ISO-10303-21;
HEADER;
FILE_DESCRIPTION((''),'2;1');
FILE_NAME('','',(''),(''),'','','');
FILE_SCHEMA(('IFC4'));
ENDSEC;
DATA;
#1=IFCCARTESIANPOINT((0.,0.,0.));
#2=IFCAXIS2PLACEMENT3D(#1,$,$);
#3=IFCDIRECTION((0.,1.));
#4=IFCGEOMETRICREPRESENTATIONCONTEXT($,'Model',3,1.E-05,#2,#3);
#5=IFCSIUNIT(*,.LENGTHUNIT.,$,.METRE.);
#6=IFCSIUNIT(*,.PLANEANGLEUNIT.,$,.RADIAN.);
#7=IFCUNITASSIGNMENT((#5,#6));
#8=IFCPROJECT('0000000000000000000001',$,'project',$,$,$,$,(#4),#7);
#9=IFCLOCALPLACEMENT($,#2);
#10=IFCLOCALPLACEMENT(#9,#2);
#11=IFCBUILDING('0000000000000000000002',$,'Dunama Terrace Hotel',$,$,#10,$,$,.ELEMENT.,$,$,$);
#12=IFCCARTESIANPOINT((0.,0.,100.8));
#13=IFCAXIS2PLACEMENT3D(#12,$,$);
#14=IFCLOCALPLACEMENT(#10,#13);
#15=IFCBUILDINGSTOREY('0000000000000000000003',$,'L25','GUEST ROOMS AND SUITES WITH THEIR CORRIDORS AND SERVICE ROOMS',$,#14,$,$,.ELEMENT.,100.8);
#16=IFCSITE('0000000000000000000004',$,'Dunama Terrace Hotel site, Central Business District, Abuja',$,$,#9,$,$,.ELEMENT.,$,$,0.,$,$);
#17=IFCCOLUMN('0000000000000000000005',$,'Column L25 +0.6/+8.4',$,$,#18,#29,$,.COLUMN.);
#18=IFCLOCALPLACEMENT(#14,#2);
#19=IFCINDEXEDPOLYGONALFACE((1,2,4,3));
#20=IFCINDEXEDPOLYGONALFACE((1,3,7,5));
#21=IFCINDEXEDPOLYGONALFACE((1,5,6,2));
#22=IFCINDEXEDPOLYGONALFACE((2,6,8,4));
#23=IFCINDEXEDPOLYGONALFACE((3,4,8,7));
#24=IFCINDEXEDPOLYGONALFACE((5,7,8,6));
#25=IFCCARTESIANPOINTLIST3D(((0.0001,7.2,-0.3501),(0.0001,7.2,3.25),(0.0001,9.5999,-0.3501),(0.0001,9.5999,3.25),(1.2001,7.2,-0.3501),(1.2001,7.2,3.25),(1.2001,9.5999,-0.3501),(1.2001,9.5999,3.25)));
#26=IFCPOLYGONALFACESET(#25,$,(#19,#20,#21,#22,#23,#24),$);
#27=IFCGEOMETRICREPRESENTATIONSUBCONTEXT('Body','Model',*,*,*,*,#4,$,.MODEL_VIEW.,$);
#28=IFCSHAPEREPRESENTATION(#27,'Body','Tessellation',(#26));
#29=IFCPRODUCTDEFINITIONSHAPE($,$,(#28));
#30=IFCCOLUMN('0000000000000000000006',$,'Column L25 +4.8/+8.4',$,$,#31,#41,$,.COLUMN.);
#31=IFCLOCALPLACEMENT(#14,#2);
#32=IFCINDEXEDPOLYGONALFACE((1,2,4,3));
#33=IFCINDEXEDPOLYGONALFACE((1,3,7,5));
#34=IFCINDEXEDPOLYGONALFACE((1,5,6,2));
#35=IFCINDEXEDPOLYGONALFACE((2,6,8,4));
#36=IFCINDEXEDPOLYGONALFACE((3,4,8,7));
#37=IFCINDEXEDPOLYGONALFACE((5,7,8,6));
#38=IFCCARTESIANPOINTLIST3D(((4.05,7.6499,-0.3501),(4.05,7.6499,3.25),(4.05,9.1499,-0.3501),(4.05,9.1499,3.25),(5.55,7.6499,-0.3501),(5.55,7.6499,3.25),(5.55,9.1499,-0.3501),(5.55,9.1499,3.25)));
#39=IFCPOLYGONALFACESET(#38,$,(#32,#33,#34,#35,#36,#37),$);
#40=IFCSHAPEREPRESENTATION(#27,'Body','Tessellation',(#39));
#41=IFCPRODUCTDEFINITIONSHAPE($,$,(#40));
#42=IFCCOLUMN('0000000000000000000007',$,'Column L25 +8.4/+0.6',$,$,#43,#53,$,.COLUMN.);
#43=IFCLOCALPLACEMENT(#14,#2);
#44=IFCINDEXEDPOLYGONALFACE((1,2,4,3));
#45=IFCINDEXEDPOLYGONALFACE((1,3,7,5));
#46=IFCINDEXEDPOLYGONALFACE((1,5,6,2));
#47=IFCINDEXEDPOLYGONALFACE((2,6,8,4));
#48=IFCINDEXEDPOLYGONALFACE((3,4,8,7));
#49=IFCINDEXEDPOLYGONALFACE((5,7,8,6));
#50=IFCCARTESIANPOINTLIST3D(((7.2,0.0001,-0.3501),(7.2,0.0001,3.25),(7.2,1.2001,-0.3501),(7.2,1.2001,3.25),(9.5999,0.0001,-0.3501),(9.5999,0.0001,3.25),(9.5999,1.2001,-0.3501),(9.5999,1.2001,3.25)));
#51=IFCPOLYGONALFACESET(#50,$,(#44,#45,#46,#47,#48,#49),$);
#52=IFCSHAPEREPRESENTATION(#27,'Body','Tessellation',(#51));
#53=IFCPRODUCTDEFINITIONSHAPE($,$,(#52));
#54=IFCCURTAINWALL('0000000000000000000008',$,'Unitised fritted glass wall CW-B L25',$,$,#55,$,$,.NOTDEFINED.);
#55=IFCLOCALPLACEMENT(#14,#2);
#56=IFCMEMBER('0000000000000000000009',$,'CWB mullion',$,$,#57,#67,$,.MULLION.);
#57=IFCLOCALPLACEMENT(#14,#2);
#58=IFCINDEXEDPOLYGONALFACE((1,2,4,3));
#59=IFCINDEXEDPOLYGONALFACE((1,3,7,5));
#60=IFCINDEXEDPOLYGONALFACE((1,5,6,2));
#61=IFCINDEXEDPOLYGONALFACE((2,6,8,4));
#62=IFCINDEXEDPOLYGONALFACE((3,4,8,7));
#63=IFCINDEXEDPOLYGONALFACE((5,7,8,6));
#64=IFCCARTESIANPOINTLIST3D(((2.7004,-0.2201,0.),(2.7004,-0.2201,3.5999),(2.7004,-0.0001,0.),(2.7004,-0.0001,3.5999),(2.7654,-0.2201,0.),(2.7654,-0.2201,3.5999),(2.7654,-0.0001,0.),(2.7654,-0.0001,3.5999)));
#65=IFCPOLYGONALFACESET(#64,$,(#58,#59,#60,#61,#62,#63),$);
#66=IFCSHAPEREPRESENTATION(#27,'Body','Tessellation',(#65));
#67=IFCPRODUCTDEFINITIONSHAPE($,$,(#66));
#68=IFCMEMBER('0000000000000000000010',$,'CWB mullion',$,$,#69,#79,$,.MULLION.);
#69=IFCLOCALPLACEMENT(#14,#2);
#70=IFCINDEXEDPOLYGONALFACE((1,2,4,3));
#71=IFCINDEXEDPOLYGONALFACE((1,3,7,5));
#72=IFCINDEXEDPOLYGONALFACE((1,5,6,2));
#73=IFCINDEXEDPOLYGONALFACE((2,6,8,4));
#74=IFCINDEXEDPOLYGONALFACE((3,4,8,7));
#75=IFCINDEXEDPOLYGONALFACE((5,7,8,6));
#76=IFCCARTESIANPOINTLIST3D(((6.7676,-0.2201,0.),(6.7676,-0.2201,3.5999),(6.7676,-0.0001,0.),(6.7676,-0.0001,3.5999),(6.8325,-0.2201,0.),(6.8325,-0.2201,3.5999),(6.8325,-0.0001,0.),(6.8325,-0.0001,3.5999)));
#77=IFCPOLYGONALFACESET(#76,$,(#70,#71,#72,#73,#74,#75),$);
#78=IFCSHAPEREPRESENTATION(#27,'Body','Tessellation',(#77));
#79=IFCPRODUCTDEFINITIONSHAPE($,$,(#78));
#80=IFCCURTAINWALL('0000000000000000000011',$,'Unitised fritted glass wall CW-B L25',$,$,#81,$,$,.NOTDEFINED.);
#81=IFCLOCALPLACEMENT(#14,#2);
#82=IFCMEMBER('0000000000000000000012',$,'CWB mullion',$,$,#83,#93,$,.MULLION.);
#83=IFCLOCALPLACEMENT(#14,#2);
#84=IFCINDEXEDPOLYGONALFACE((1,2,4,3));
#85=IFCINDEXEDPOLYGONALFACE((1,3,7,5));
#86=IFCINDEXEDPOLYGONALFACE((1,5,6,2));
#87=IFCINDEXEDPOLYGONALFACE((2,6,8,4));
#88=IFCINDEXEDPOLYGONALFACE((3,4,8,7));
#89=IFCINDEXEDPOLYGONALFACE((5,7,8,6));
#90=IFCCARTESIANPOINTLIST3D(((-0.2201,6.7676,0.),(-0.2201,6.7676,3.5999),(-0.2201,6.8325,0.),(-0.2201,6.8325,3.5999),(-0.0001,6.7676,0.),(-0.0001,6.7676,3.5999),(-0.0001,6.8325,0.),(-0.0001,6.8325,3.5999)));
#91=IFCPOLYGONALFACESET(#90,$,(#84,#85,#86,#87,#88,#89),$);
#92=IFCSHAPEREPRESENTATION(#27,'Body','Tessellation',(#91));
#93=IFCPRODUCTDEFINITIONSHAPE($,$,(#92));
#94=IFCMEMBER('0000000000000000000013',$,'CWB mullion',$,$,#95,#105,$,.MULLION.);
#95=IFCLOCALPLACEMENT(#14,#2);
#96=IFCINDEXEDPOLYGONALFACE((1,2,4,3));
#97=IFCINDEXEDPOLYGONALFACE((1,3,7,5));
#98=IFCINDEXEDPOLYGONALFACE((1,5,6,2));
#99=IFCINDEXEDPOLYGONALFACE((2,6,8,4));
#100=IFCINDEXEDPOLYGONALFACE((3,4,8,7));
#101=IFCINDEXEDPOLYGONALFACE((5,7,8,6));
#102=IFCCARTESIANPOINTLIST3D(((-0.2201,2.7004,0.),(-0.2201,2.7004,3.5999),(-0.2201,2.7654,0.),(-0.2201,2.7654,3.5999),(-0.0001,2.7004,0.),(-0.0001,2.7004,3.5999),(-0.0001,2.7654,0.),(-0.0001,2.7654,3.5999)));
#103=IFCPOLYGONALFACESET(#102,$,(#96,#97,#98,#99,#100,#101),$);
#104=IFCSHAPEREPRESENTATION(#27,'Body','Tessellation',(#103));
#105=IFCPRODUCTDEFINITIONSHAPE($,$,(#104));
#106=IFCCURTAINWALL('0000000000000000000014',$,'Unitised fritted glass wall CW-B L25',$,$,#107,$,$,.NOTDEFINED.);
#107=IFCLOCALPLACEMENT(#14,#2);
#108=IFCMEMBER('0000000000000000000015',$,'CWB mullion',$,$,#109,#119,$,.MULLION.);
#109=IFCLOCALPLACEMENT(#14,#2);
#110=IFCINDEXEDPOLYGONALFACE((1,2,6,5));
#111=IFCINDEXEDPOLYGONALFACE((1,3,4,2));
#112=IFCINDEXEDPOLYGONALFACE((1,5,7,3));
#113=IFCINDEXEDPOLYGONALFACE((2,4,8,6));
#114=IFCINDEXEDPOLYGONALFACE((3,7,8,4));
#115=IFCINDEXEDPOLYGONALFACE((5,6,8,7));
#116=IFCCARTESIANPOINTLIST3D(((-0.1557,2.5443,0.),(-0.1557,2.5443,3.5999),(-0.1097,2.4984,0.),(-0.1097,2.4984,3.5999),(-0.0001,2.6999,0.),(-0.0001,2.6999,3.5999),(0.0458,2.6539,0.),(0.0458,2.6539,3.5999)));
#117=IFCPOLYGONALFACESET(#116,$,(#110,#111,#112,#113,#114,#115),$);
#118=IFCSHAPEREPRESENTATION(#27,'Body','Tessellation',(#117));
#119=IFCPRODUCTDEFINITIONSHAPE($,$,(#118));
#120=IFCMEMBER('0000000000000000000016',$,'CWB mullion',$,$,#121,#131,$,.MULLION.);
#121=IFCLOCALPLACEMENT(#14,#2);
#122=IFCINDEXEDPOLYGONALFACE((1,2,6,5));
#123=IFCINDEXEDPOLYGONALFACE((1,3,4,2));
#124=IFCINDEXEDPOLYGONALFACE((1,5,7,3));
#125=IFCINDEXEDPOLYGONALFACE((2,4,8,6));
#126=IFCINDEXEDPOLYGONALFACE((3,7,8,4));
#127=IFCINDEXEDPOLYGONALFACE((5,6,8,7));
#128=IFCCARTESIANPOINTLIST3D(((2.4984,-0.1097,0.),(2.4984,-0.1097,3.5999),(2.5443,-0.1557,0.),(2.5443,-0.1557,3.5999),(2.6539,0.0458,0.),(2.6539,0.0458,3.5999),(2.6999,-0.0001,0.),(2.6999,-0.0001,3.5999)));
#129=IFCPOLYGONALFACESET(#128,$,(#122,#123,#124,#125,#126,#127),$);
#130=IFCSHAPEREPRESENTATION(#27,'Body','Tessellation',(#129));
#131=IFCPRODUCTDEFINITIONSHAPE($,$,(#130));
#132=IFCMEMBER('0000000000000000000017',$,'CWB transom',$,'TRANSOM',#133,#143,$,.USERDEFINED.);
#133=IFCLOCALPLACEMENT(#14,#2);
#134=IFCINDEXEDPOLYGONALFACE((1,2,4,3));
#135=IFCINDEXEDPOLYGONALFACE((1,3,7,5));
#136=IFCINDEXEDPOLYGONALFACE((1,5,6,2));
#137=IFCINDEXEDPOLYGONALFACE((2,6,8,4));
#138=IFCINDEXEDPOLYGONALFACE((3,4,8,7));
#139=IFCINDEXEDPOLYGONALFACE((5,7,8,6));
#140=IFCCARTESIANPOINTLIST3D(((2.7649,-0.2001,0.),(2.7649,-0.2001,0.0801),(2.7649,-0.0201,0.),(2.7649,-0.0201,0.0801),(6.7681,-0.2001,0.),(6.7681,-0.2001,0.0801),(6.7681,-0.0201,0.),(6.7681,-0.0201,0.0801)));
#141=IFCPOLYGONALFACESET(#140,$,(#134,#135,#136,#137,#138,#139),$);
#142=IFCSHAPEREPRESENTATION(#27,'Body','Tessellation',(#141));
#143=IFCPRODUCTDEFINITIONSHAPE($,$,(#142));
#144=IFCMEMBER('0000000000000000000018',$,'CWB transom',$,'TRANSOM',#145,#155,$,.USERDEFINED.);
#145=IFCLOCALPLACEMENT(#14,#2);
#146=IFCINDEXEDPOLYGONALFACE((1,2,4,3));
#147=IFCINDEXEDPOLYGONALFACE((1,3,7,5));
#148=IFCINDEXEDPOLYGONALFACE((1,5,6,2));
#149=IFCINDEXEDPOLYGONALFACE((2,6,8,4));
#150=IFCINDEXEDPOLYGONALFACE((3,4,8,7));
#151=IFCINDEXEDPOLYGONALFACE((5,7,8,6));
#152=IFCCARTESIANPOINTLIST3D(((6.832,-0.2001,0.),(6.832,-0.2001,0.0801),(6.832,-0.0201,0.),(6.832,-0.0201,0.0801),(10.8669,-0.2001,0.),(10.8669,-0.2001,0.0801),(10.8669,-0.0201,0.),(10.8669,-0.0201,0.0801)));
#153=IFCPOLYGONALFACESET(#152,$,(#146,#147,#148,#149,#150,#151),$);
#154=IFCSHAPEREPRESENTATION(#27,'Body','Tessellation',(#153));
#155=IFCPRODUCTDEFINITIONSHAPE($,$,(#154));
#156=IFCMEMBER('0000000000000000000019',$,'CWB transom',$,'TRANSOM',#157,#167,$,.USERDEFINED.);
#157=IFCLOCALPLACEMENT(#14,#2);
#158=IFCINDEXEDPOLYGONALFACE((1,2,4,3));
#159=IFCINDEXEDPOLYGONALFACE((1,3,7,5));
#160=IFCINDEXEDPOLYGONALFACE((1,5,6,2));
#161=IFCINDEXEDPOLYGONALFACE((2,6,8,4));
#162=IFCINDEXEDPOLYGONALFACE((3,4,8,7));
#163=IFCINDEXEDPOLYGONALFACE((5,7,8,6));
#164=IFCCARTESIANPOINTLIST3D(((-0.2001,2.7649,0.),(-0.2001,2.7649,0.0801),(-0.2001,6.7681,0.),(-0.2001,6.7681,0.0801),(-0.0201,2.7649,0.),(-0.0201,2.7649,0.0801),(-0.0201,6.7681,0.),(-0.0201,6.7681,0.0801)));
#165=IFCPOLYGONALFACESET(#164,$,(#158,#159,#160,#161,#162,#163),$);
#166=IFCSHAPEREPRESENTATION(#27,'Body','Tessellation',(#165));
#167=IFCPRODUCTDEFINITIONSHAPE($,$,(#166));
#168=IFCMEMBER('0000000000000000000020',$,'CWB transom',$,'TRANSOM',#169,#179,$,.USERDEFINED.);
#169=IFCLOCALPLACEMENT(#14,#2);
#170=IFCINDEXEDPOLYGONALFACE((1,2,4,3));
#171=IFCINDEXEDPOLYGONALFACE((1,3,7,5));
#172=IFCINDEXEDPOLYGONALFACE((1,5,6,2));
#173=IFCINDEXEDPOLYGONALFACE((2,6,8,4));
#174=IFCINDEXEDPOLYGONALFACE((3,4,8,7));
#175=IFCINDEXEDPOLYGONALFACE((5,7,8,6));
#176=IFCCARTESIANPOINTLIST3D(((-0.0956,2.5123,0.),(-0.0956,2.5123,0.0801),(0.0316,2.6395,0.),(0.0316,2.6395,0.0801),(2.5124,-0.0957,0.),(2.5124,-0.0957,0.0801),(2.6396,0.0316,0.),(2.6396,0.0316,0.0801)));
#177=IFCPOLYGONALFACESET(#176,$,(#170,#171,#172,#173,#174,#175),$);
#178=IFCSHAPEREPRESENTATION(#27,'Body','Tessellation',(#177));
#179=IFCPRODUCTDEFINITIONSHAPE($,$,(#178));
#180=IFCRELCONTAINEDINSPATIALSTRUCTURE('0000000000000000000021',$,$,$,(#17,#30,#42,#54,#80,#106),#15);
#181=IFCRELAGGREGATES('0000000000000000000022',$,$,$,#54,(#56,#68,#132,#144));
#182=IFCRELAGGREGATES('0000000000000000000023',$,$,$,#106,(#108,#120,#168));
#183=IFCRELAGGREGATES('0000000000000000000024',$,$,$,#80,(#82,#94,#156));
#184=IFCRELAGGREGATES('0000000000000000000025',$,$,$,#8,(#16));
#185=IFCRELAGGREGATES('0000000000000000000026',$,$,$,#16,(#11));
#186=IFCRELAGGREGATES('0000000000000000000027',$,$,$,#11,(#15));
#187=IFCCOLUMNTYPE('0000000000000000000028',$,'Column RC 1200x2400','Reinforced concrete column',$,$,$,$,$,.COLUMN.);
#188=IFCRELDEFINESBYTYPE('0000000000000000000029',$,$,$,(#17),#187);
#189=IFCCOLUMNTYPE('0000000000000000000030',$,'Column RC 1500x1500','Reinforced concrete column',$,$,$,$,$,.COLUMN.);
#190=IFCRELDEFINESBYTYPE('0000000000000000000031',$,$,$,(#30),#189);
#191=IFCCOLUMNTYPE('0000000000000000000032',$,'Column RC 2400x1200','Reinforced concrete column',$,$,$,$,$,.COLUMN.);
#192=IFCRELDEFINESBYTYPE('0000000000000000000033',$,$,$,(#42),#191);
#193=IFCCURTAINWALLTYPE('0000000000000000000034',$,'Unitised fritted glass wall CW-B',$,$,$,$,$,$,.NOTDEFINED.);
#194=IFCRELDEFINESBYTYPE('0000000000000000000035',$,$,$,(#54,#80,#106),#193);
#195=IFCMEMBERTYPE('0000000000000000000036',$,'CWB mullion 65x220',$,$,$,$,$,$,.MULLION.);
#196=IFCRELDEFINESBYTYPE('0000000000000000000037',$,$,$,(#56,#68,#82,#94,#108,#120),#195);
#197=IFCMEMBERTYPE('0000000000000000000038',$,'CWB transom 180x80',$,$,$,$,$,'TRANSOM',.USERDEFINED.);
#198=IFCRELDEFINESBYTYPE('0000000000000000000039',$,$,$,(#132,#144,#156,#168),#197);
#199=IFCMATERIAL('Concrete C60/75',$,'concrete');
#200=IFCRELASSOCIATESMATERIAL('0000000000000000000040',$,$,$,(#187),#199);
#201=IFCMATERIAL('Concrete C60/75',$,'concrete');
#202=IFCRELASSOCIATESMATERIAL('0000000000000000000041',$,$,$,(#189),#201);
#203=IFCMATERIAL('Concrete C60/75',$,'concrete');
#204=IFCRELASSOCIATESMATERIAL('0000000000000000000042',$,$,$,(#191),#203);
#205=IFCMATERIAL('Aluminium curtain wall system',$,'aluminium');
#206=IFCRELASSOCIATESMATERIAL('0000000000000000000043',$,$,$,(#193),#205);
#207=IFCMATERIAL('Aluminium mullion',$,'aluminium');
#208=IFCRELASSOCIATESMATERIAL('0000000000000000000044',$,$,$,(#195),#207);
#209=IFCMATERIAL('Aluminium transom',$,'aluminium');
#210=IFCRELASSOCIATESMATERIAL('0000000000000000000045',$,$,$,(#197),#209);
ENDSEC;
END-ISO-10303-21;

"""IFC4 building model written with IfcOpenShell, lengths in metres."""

from ifc_helpers import new_model, si_unit, direction, frame, origin, origin_2d, place, context, subcontext, project, spatial, rectangle, extrude, material, material_profile, profile_set, type_object, element, aggregate, save


model = new_model("IFC4")

# Units and contexts
model_context = context("Model", 3, precision=1e-05, world=origin(), true_north=direction((0.0, 1.0)))
body_context = subcontext(model_context, "Body", "Model", "MODEL_VIEW")
ifc_project = project(units=[si_unit("LENGTHUNIT", "METRE"), si_unit("PLANEANGLEUNIT", "RADIAN")], contexts=[model_context])

# Site, building, storey
site_placement = place(None, origin())
site = spatial("IfcSite", under=ifc_project, at=site_placement, Name="Dunama Terrace Hotel site, Central Business District, Abuja", CompositionType="ELEMENT", RefElevation=0.0)
building_placement = place(site_placement, origin())
building = spatial("IfcBuilding", under=site, at=building_placement, Name="Dunama Terrace Hotel", CompositionType="ELEMENT")
storey_placement = place(building_placement, frame((0.0, 0.0, 100.8)))
storey = spatial("IfcBuildingStorey", under=building, at=storey_placement, Name="L25", Description="GUEST ROOMS AND SUITES WITH THEIR CORRIDORS AND SERVICE ROOMS", CompositionType="ELEMENT", Elevation=100.8)

# Columns
ifc_material_1 = material(Name="Concrete C60/75", Category="concrete")
ifc_material_profile_1 = material_profile(ifc_material_1, rectangle(XDim=1.2, YDim=2.3999, at=origin_2d()), Name="RC 1200x2400")
ifc_profile_set_1 = profile_set([ifc_material_profile_1], Name="Concrete C60/75")
column_type_1 = type_object("IfcColumnType", Name="Column RC 1200x2400", Description="Reinforced concrete column", PredefinedType="COLUMN", material=ifc_profile_set_1)
column_1_placement = place(storey_placement, frame((0.6001, 8.3999, -0.3501), z_axis=(0.0, 0.0, 1.0), x_axis=(1.0, 0.0, 0.0)))
element("IfcColumn", 1, at=column_1_placement, inside=storey, type_object=column_type_1, Name="Column L25 +0.6/+8.4", PredefinedType="COLUMN", context=body_context, shape_type="SweptSolid", body=[
    extrude(rectangle(XDim=1.2, YDim=2.3999, at=origin_2d()), origin(), (0.0, 0.0, 1.0), 3.6001),
])
ifc_material_2 = material(Name="Concrete C60/75", Category="concrete")
ifc_material_profile_2 = material_profile(ifc_material_2, rectangle(XDim=1.5, YDim=1.5, at=origin_2d()), Name="RC 1500x1500")
ifc_profile_set_2 = profile_set([ifc_material_profile_2], Name="Concrete C60/75")
column_type_2 = type_object("IfcColumnType", Name="Column RC 1500x1500", Description="Reinforced concrete column", PredefinedType="COLUMN", material=ifc_profile_set_2)
column_2_placement = place(storey_placement, frame((4.8, 8.3999, -0.3501), z_axis=(0.0, 0.0, 1.0), x_axis=(1.0, 0.0, 0.0)))
element("IfcColumn", 2, at=column_2_placement, inside=storey, type_object=column_type_2, Name="Column L25 +4.8/+8.4", PredefinedType="COLUMN", context=body_context, shape_type="SweptSolid", body=[
    extrude(rectangle(XDim=1.5, YDim=1.5, at=origin_2d()), origin(), (0.0, 0.0, 1.0), 3.6001),
])
ifc_material_3 = material(Name="Concrete C60/75", Category="concrete")
ifc_material_profile_3 = material_profile(ifc_material_3, rectangle(XDim=2.3999, YDim=1.2, at=origin_2d()), Name="RC 2400x1200")
ifc_profile_set_3 = profile_set([ifc_material_profile_3], Name="Concrete C60/75")
column_type_3 = type_object("IfcColumnType", Name="Column RC 2400x1200", Description="Reinforced concrete column", PredefinedType="COLUMN", material=ifc_profile_set_3)
column_3_placement = place(storey_placement, frame((8.3999, 0.6001, -0.3501), z_axis=(0.0, 0.0, 1.0), x_axis=(1.0, 0.0, 0.0)))
element("IfcColumn", 3, at=column_3_placement, inside=storey, type_object=column_type_3, Name="Column L25 +8.4/+0.6", PredefinedType="COLUMN", context=body_context, shape_type="SweptSolid", body=[
    extrude(rectangle(XDim=2.3999, YDim=1.2, at=origin_2d()), origin(), (0.0, 0.0, 1.0), 3.6001),
])

# Curtain walls, members
ifc_material_4 = material(Name="Aluminium curtain wall system", Category="aluminium")
curtain_wall_type = type_object("IfcCurtainWallType", Name="Unitised fritted glass wall CW-B", PredefinedType="NOTDEFINED", material=ifc_material_4)
curtain_wall_1_placement = place(storey_placement, origin())
curtain_wall_1 = element("IfcCurtainWall", 4, at=curtain_wall_1_placement, inside=storey, type_object=curtain_wall_type, Name="Unitised fritted glass wall CW-B L25", PredefinedType="NOTDEFINED")
ifc_material_5 = material(Name="Aluminium mullion", Category="aluminium")
ifc_material_profile_4 = material_profile(ifc_material_5, rectangle(XDim=0.0649, YDim=0.22, at=origin_2d()), Name="CWB MULLION 65X220")
ifc_profile_set_4 = profile_set([ifc_material_profile_4], Name="Aluminium mullion")
member_type_1 = type_object("IfcMemberType", Name="CWB mullion 65x220", PredefinedType="MULLION", material=ifc_profile_set_4)
member_1_placement = place(storey_placement, frame((2.7329, -0.1101, 0.0), z_axis=(0.0, 0.0, 1.0), x_axis=(1.0, 0.0, 0.0)))
member_1 = element("IfcMember", 5, at=member_1_placement, type_object=member_type_1, Name="CWB mullion", PredefinedType="MULLION", context=body_context, shape_type="SweptSolid", body=[
    extrude(rectangle(XDim=0.0649, YDim=0.22, at=origin_2d()), origin(), (0.0, 0.0, 1.0), 3.5999),
])
member_2_placement = place(storey_placement, frame((6.8, -0.1101, 0.0), z_axis=(0.0, 0.0, 1.0), x_axis=(1.0, 0.0, 0.0)))
member_2 = element("IfcMember", 6, at=member_2_placement, type_object=member_type_1, Name="CWB mullion", PredefinedType="MULLION", context=body_context, shape_type="SweptSolid", body=[
    extrude(rectangle(XDim=0.0649, YDim=0.22, at=origin_2d()), origin(), (0.0, 0.0, 1.0), 3.5999),
])
curtain_wall_2_placement = place(storey_placement, origin())
curtain_wall_2 = element("IfcCurtainWall", 7, at=curtain_wall_2_placement, inside=storey, type_object=curtain_wall_type, Name="Unitised fritted glass wall CW-B L25", PredefinedType="NOTDEFINED")
member_3_placement = place(storey_placement, frame((-0.1101, 6.8, 0.0), z_axis=(0.0, 0.0, 1.0), x_axis=(0.0, -1.0, 0.0)))
member_3 = element("IfcMember", 8, at=member_3_placement, type_object=member_type_1, Name="CWB mullion", PredefinedType="MULLION", context=body_context, shape_type="SweptSolid", body=[
    extrude(rectangle(XDim=0.0649, YDim=0.22, at=origin_2d()), origin(), (0.0, 0.0, 1.0), 3.5999),
])
member_4_placement = place(storey_placement, frame((-0.1101, 2.7329, 0.0), z_axis=(0.0, 0.0, 1.0), x_axis=(0.0, -1.0, 0.0)))
member_4 = element("IfcMember", 9, at=member_4_placement, type_object=member_type_1, Name="CWB mullion", PredefinedType="MULLION", context=body_context, shape_type="SweptSolid", body=[
    extrude(rectangle(XDim=0.0649, YDim=0.22, at=origin_2d()), origin(), (0.0, 0.0, 1.0), 3.5999),
])
curtain_wall_3_placement = place(storey_placement, origin())
curtain_wall_3 = element("IfcCurtainWall", 10, at=curtain_wall_3_placement, inside=storey, type_object=curtain_wall_type, Name="Unitised fritted glass wall CW-B L25", PredefinedType="NOTDEFINED")
member_5_placement = place(storey_placement, frame((-0.0549, 2.5991, 0.0), z_axis=(0.0, 0.0, 1.0), x_axis=(0.707107, -0.707107, 0.0)))
member_5 = element("IfcMember", 11, at=member_5_placement, type_object=member_type_1, Name="CWB mullion", PredefinedType="MULLION", context=body_context, shape_type="SweptSolid", body=[
    extrude(rectangle(XDim=0.0649, YDim=0.22, at=origin_2d()), origin(), (0.0, 0.0, 1.0), 3.5999),
])
member_6_placement = place(storey_placement, frame((2.5991, -0.0549, 0.0), z_axis=(0.0, 0.0, 1.0), x_axis=(0.707107, -0.707107, 0.0)))
member_6 = element("IfcMember", 12, at=member_6_placement, type_object=member_type_1, Name="CWB mullion", PredefinedType="MULLION", context=body_context, shape_type="SweptSolid", body=[
    extrude(rectangle(XDim=0.0649, YDim=0.22, at=origin_2d()), origin(), (0.0, 0.0, 1.0), 3.5999),
])

# Members
ifc_material_6 = material(Name="Aluminium transom", Category="aluminium")
ifc_material_profile_5 = material_profile(ifc_material_6, rectangle(XDim=0.1799, YDim=0.0801, at=origin_2d()), Name="CWB TRANSOM 180X80")
ifc_profile_set_5 = profile_set([ifc_material_profile_5], Name="Aluminium transom")
member_type_2 = type_object("IfcMemberType", Name="CWB transom 180x80", ElementType="TRANSOM", PredefinedType="USERDEFINED", material=ifc_profile_set_5)
member_7_placement = place(storey_placement, frame((2.7649, -0.1101, 0.04), z_axis=(1.0, 0.0, 0.0), x_axis=(0.0, 1.0, 0.0)))
member_7 = element("IfcMember", 13, at=member_7_placement, type_object=member_type_2, Name="CWB transom", ObjectType="TRANSOM", PredefinedType="USERDEFINED", context=body_context, shape_type="SweptSolid", body=[
    extrude(rectangle(XDim=0.1799, YDim=0.0801, at=origin_2d()), origin(), (0.0, 0.0, 1.0), 4.0032),
])
member_8_placement = place(storey_placement, frame((6.832, -0.1101, 0.04), z_axis=(1.0, 0.0, 0.0), x_axis=(0.0, 1.0, 0.0)))
member_8 = element("IfcMember", 14, at=member_8_placement, type_object=member_type_2, Name="CWB transom", ObjectType="TRANSOM", PredefinedType="USERDEFINED", context=body_context, shape_type="SweptSolid", body=[
    extrude(rectangle(XDim=0.1799, YDim=0.0801, at=origin_2d()), origin(), (0.0, 0.0, 1.0), 4.0349),
])
member_9_placement = place(storey_placement, frame((-0.1101, 6.7681, 0.04), z_axis=(0.0, -1.0, 0.0), x_axis=(1.0, 0.0, 0.0)))
member_9 = element("IfcMember", 15, at=member_9_placement, type_object=member_type_2, Name="CWB transom", ObjectType="TRANSOM", PredefinedType="USERDEFINED", context=body_context, shape_type="SweptSolid", body=[
    extrude(rectangle(XDim=0.1799, YDim=0.0801, at=origin_2d()), origin(), (0.0, 0.0, 1.0), 4.0032),
])
member_10_placement = place(storey_placement, frame((-0.032, 2.5759, 0.04), z_axis=(0.707107, -0.707107, 0.0), x_axis=(0.707107, 0.707107, 0.0)))
member_10 = element("IfcMember", 16, at=member_10_placement, type_object=member_type_2, Name="CWB transom", ObjectType="TRANSOM", PredefinedType="USERDEFINED", context=body_context, shape_type="SweptSolid", body=[
    extrude(rectangle(XDim=0.1799, YDim=0.0801, at=origin_2d()), origin(), (0.0, 0.0, 1.0), 3.6882),
])

aggregate(curtain_wall_1, [member_1, member_2, member_7, member_8])
aggregate(curtain_wall_3, [member_5, member_6, member_10])
aggregate(curtain_wall_2, [member_3, member_4, member_9])

save(model, "model.ifc")
